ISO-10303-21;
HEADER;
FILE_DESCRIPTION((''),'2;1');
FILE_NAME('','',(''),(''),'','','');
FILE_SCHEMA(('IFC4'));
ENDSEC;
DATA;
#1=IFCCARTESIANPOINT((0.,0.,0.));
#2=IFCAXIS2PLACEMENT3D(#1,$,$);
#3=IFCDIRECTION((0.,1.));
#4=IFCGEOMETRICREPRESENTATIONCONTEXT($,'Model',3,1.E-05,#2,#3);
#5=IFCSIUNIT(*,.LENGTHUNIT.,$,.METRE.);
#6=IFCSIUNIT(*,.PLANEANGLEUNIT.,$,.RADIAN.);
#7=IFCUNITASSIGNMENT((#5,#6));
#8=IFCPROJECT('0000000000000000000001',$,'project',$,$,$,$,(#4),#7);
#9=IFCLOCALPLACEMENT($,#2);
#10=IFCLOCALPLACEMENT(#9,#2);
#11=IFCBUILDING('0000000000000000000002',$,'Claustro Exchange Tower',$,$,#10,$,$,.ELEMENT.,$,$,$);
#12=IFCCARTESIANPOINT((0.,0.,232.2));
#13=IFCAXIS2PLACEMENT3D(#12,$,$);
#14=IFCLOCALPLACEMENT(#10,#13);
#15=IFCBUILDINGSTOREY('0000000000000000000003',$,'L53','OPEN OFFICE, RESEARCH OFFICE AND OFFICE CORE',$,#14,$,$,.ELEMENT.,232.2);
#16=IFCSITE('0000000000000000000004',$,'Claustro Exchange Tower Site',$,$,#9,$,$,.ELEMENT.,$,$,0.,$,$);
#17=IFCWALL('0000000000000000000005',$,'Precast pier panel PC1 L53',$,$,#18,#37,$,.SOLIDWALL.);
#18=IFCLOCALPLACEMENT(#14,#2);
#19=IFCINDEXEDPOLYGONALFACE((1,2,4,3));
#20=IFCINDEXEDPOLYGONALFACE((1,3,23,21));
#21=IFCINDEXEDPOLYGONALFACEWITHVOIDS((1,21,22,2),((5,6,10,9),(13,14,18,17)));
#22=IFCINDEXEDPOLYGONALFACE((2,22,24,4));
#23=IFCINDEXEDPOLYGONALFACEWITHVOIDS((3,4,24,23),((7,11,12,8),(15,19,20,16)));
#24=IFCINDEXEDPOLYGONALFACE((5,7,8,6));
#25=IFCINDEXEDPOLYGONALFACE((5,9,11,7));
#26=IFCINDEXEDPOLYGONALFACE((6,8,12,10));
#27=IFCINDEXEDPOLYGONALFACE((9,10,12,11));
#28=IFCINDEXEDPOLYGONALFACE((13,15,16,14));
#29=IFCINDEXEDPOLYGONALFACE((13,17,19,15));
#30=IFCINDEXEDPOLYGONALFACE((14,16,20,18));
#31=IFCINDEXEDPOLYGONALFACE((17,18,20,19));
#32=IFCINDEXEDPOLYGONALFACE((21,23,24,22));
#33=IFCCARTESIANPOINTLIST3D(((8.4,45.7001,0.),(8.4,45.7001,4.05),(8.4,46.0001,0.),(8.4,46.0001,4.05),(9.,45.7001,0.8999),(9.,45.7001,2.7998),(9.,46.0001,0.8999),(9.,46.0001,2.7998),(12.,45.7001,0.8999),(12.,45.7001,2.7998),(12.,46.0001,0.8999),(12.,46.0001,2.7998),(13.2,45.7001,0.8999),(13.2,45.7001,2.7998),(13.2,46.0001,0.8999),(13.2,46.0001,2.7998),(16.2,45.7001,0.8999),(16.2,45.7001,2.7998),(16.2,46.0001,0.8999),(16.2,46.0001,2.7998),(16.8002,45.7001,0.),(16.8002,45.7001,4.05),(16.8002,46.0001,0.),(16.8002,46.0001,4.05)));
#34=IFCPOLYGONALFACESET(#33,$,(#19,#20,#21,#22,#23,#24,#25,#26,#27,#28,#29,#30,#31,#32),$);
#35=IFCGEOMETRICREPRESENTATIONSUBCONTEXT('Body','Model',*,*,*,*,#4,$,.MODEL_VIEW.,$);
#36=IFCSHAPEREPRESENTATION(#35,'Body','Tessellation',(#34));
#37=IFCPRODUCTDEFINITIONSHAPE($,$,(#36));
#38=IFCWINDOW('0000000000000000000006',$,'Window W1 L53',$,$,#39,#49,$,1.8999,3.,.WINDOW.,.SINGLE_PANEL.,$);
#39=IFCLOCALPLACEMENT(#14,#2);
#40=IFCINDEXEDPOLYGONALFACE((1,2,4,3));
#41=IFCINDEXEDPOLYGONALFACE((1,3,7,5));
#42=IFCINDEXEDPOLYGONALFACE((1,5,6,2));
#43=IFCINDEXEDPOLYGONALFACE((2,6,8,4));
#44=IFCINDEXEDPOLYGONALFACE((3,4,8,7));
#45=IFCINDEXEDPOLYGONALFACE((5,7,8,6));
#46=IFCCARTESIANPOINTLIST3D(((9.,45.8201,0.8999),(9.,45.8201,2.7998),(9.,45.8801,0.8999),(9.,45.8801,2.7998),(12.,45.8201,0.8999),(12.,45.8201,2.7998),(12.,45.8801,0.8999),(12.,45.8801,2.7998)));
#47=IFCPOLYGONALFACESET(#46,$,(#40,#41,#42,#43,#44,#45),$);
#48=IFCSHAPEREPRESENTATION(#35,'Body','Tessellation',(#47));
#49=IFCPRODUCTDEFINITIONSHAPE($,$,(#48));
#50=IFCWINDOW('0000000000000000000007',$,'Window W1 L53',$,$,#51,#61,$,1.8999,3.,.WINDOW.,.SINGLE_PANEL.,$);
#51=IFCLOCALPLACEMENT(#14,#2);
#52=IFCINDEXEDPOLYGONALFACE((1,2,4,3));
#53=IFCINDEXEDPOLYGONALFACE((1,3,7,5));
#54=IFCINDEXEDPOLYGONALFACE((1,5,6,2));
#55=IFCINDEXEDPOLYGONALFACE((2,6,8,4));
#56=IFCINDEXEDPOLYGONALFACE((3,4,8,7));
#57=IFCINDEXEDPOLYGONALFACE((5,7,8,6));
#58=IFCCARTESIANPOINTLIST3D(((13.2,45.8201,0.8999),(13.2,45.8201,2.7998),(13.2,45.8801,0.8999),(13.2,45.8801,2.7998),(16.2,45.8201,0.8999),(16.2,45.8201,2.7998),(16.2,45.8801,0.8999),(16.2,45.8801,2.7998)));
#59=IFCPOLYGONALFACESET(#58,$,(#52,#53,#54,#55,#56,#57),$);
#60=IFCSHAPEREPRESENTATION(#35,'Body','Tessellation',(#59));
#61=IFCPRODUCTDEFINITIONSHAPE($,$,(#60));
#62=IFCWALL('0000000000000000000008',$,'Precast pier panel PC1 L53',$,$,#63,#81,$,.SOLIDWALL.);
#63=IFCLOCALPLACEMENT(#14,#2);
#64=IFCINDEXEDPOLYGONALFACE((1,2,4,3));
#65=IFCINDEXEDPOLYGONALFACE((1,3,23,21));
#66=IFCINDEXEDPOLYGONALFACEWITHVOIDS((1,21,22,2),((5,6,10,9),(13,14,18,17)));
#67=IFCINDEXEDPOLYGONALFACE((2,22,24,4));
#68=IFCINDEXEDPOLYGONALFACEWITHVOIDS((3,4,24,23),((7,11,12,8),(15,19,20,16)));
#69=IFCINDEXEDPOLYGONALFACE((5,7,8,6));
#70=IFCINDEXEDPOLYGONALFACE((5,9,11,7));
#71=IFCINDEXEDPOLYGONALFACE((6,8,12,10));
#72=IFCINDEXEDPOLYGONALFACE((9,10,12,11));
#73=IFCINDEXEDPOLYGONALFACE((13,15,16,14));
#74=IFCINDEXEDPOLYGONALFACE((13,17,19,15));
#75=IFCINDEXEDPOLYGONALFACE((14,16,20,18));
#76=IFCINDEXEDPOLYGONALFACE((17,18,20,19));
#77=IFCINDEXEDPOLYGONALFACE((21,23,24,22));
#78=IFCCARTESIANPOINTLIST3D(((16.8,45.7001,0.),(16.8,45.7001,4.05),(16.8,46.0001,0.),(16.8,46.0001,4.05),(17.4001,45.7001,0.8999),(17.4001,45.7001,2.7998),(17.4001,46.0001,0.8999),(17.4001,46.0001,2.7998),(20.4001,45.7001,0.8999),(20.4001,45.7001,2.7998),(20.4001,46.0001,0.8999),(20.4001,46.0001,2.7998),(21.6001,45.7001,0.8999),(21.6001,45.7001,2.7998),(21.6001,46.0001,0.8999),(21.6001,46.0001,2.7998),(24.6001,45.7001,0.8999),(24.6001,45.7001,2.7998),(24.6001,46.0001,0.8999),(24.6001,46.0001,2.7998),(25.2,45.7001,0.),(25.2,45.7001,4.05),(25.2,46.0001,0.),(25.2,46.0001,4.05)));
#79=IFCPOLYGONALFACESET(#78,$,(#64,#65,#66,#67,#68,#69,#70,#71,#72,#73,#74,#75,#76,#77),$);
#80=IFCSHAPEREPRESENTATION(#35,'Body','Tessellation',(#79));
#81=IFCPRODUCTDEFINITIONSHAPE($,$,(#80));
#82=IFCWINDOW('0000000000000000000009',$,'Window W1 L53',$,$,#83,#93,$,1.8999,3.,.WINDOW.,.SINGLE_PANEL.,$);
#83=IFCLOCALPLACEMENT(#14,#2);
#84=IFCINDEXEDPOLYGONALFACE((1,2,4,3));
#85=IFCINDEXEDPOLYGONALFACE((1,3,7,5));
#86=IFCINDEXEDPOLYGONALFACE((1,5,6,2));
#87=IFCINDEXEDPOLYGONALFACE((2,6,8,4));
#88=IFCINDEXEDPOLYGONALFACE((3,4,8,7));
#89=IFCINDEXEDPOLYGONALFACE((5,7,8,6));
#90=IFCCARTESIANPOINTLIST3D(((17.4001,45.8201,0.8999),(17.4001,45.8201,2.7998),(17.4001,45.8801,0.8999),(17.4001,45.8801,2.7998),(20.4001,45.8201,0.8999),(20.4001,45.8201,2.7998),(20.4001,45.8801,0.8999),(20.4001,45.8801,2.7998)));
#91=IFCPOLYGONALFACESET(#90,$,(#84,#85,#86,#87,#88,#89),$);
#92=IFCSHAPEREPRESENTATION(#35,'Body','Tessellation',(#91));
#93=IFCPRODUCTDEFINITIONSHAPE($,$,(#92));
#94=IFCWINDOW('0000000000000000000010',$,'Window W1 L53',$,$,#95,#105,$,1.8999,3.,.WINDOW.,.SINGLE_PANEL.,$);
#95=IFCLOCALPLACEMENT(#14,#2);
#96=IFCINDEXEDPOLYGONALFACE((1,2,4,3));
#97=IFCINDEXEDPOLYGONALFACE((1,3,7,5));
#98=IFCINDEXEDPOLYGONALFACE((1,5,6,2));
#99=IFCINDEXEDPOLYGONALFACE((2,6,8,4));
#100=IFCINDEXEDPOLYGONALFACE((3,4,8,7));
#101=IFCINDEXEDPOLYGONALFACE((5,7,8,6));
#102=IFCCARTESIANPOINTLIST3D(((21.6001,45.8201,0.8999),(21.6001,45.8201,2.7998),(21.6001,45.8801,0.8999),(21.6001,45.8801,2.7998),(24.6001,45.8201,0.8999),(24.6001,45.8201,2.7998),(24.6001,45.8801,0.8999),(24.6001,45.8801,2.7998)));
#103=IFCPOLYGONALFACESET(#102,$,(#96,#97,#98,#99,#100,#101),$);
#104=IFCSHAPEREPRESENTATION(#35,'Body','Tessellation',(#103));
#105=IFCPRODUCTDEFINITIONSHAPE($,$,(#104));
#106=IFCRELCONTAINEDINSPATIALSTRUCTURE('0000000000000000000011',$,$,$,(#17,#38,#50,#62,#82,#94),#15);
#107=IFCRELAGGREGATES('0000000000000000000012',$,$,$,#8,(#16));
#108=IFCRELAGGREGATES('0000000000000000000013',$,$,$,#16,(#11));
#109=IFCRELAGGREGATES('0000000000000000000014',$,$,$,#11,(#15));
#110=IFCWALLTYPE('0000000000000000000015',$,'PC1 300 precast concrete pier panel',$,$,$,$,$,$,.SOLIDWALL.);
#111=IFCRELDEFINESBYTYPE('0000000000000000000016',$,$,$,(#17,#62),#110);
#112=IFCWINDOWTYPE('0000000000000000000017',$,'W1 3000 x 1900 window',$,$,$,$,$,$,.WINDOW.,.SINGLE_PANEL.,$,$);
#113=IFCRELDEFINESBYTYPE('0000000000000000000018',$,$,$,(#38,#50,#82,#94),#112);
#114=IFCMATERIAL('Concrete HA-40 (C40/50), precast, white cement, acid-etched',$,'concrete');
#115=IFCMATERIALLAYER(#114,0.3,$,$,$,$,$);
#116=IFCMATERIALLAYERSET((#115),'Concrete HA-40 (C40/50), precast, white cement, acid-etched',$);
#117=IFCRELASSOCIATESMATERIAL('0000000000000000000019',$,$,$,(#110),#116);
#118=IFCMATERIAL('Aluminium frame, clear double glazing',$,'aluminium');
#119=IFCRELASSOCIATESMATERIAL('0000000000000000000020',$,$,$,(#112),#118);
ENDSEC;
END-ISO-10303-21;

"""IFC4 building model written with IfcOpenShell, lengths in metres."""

from ifc_helpers import new_model, si_unit, direction, frame, frame_2d, origin, place, context, subcontext, project, spatial, rectangle, extrude, material, layer, layer_set, type_object, element, fill, save


model = new_model("IFC4")

# Units and contexts
model_context = context("Model", 3, precision=1e-05, world=origin(), true_north=direction((0.0, 1.0)))
body_context = subcontext(model_context, "Body", "Model", "MODEL_VIEW")
ifc_project = project(units=[si_unit("LENGTHUNIT", "METRE"), si_unit("PLANEANGLEUNIT", "RADIAN")], contexts=[model_context])

# Site, building, storey
site_placement = place(None, origin())
site = spatial("IfcSite", under=ifc_project, at=site_placement, Name="Claustro Exchange Tower Site", CompositionType="ELEMENT", RefElevation=0.0)
building_placement = place(site_placement, origin())
building = spatial("IfcBuilding", under=site, at=building_placement, Name="Claustro Exchange Tower", CompositionType="ELEMENT")
storey_placement = place(building_placement, frame((0.0, 0.0, 232.2)))
storey = spatial("IfcBuildingStorey", under=building, at=storey_placement, Name="L53", Description="OPEN OFFICE, RESEARCH OFFICE AND OFFICE CORE", CompositionType="ELEMENT", Elevation=232.2)

# Walls, openings, windows
ifc_material_1 = material(Name="Concrete HA-40 (C40/50), precast, white cement, acid-etched", Category="concrete")
ifc_layer_1 = layer(ifc_material_1, 0.3)
ifc_layer_set_1 = layer_set([ifc_layer_1], Name="Concrete HA-40 (C40/50), precast, white cement, acid-etched")
wall_type_1 = type_object("IfcWallType", Name="PC1 300 precast concrete pier panel", PredefinedType="SOLIDWALL", material=ifc_layer_set_1)
wall_1_placement = place(storey_placement, frame((8.3999, 45.8501, 0.0), z_axis=(0.0, 0.0, 1.0), x_axis=(1.0, 0.0, 0.0)))
wall_1 = element("IfcWall", 1, at=wall_1_placement, inside=storey, type_object=wall_type_1, Name="Precast pier panel PC1 L53", PredefinedType="SOLIDWALL", context=body_context, shape_type="SweptSolid", body=[
    extrude(rectangle(XDim=8.4001, YDim=0.3, at=frame_2d((4.2002, 0.0))), origin(), (0.0, 0.0, 1.0), 4.05),
])
opening_1_placement = place(wall_1_placement, frame((0.6001, 0.0, 0.8999)))
opening_1 = element("IfcOpeningElement", 2, at=opening_1_placement, cuts=wall_1, PredefinedType="OPENING", context=body_context, shape_type="SweptSolid", body=[
    extrude(rectangle(XDim=3.0, YDim=1.8999, at=frame_2d((1.5, 0.95))), frame((0.0, 0.1599, 0.0), z_axis=(0.0, -1.0, 0.0), x_axis=(1.0, 0.0, 0.0)), (0.0, 0.0, 1.0), 0.3201),
])
opening_2_placement = place(wall_1_placement, frame((4.8, 0.0, 0.8999)))
opening_2 = element("IfcOpeningElement", 3, at=opening_2_placement, cuts=wall_1, PredefinedType="OPENING", context=body_context, shape_type="SweptSolid", body=[
    extrude(rectangle(XDim=3.0, YDim=1.8999, at=frame_2d((1.5, 0.95))), frame((0.0, 0.1599, 0.0), z_axis=(0.0, -1.0, 0.0), x_axis=(1.0, 0.0, 0.0)), (0.0, 0.0, 1.0), 0.3201),
])
ifc_material_2 = material(Name="Aluminium frame, clear double glazing", Category="aluminium")
window_type = type_object("IfcWindowType", Name="W1 3000 x 1900 window", PartitioningType="SINGLE_PANEL", PredefinedType="WINDOW", material=ifc_material_2)
window_1_placement = place(opening_1_placement, origin())
window_1 = element("IfcWindow", 4, at=window_1_placement, inside=storey, type_object=window_type, Name="Window W1 L53", OverallHeight=1.8999, OverallWidth=3.0, PartitioningType="SINGLE_PANEL", PredefinedType="WINDOW", context=body_context, shape_type="SweptSolid", body=[
    extrude(rectangle(XDim=3.0, YDim=1.8999, at=frame_2d((1.5, 0.95))), frame((0.0, 0.03, 0.0), z_axis=(0.0, -1.0, 0.0), x_axis=(1.0, 0.0, 0.0)), (0.0, 0.0, 1.0), 0.0601),
])
fill(opening_1, window_1)
window_2_placement = place(opening_2_placement, origin())
window_2 = element("IfcWindow", 5, at=window_2_placement, inside=storey, type_object=window_type, Name="Window W1 L53", OverallHeight=1.8999, OverallWidth=3.0, PartitioningType="SINGLE_PANEL", PredefinedType="WINDOW", context=body_context, shape_type="SweptSolid", body=[
    extrude(rectangle(XDim=3.0, YDim=1.8999, at=frame_2d((1.5, 0.95))), frame((0.0, 0.03, 0.0), z_axis=(0.0, -1.0, 0.0), x_axis=(1.0, 0.0, 0.0)), (0.0, 0.0, 1.0), 0.0601),
])
fill(opening_2, window_2)
wall_2_placement = place(storey_placement, frame((16.8, 45.8501, 0.0), z_axis=(0.0, 0.0, 1.0), x_axis=(1.0, 0.0, 0.0)))
wall_2 = element("IfcWall", 6, at=wall_2_placement, inside=storey, type_object=wall_type_1, Name="Precast pier panel PC1 L53", PredefinedType="SOLIDWALL", context=body_context, shape_type="SweptSolid", body=[
    extrude(rectangle(XDim=8.3999, YDim=0.3, at=frame_2d((4.2, 0.0))), origin(), (0.0, 0.0, 1.0), 4.05),
])
opening_3_placement = place(wall_2_placement, frame((0.6001, 0.0, 0.8999)))
opening_3 = element("IfcOpeningElement", 7, at=opening_3_placement, cuts=wall_2, PredefinedType="OPENING", context=body_context, shape_type="SweptSolid", body=[
    extrude(rectangle(XDim=3.0, YDim=1.8999, at=frame_2d((1.5, 0.95))), frame((0.0, 0.1599, 0.0), z_axis=(0.0, -1.0, 0.0), x_axis=(1.0, 0.0, 0.0)), (0.0, 0.0, 1.0), 0.3201),
])
opening_4_placement = place(wall_2_placement, frame((4.8, 0.0, 0.8999)))
opening_4 = element("IfcOpeningElement", 8, at=opening_4_placement, cuts=wall_2, PredefinedType="OPENING", context=body_context, shape_type="SweptSolid", body=[
    extrude(rectangle(XDim=3.0, YDim=1.8999, at=frame_2d((1.5, 0.95))), frame((0.0, 0.1599, 0.0), z_axis=(0.0, -1.0, 0.0), x_axis=(1.0, 0.0, 0.0)), (0.0, 0.0, 1.0), 0.3201),
])
window_3_placement = place(opening_3_placement, origin())
window_3 = element("IfcWindow", 9, at=window_3_placement, inside=storey, type_object=window_type, Name="Window W1 L53", OverallHeight=1.8999, OverallWidth=3.0, PartitioningType="SINGLE_PANEL", PredefinedType="WINDOW", context=body_context, shape_type="SweptSolid", body=[
    extrude(rectangle(XDim=3.0, YDim=1.8999, at=frame_2d((1.5, 0.95))), frame((0.0, 0.03, 0.0), z_axis=(0.0, -1.0, 0.0), x_axis=(1.0, 0.0, 0.0)), (0.0, 0.0, 1.0), 0.0601),
])
fill(opening_3, window_3)
window_4_placement = place(opening_4_placement, origin())
window_4 = element("IfcWindow", 10, at=window_4_placement, inside=storey, type_object=window_type, Name="Window W1 L53", OverallHeight=1.8999, OverallWidth=3.0, PartitioningType="SINGLE_PANEL", PredefinedType="WINDOW", context=body_context, shape_type="SweptSolid", body=[
    extrude(rectangle(XDim=3.0, YDim=1.8999, at=frame_2d((1.5, 0.95))), frame((0.0, 0.03, 0.0), z_axis=(0.0, -1.0, 0.0), x_axis=(1.0, 0.0, 0.0)), (0.0, 0.0, 1.0), 0.0601),
])
fill(opening_4, window_4)

save(model, "model.ifc")
